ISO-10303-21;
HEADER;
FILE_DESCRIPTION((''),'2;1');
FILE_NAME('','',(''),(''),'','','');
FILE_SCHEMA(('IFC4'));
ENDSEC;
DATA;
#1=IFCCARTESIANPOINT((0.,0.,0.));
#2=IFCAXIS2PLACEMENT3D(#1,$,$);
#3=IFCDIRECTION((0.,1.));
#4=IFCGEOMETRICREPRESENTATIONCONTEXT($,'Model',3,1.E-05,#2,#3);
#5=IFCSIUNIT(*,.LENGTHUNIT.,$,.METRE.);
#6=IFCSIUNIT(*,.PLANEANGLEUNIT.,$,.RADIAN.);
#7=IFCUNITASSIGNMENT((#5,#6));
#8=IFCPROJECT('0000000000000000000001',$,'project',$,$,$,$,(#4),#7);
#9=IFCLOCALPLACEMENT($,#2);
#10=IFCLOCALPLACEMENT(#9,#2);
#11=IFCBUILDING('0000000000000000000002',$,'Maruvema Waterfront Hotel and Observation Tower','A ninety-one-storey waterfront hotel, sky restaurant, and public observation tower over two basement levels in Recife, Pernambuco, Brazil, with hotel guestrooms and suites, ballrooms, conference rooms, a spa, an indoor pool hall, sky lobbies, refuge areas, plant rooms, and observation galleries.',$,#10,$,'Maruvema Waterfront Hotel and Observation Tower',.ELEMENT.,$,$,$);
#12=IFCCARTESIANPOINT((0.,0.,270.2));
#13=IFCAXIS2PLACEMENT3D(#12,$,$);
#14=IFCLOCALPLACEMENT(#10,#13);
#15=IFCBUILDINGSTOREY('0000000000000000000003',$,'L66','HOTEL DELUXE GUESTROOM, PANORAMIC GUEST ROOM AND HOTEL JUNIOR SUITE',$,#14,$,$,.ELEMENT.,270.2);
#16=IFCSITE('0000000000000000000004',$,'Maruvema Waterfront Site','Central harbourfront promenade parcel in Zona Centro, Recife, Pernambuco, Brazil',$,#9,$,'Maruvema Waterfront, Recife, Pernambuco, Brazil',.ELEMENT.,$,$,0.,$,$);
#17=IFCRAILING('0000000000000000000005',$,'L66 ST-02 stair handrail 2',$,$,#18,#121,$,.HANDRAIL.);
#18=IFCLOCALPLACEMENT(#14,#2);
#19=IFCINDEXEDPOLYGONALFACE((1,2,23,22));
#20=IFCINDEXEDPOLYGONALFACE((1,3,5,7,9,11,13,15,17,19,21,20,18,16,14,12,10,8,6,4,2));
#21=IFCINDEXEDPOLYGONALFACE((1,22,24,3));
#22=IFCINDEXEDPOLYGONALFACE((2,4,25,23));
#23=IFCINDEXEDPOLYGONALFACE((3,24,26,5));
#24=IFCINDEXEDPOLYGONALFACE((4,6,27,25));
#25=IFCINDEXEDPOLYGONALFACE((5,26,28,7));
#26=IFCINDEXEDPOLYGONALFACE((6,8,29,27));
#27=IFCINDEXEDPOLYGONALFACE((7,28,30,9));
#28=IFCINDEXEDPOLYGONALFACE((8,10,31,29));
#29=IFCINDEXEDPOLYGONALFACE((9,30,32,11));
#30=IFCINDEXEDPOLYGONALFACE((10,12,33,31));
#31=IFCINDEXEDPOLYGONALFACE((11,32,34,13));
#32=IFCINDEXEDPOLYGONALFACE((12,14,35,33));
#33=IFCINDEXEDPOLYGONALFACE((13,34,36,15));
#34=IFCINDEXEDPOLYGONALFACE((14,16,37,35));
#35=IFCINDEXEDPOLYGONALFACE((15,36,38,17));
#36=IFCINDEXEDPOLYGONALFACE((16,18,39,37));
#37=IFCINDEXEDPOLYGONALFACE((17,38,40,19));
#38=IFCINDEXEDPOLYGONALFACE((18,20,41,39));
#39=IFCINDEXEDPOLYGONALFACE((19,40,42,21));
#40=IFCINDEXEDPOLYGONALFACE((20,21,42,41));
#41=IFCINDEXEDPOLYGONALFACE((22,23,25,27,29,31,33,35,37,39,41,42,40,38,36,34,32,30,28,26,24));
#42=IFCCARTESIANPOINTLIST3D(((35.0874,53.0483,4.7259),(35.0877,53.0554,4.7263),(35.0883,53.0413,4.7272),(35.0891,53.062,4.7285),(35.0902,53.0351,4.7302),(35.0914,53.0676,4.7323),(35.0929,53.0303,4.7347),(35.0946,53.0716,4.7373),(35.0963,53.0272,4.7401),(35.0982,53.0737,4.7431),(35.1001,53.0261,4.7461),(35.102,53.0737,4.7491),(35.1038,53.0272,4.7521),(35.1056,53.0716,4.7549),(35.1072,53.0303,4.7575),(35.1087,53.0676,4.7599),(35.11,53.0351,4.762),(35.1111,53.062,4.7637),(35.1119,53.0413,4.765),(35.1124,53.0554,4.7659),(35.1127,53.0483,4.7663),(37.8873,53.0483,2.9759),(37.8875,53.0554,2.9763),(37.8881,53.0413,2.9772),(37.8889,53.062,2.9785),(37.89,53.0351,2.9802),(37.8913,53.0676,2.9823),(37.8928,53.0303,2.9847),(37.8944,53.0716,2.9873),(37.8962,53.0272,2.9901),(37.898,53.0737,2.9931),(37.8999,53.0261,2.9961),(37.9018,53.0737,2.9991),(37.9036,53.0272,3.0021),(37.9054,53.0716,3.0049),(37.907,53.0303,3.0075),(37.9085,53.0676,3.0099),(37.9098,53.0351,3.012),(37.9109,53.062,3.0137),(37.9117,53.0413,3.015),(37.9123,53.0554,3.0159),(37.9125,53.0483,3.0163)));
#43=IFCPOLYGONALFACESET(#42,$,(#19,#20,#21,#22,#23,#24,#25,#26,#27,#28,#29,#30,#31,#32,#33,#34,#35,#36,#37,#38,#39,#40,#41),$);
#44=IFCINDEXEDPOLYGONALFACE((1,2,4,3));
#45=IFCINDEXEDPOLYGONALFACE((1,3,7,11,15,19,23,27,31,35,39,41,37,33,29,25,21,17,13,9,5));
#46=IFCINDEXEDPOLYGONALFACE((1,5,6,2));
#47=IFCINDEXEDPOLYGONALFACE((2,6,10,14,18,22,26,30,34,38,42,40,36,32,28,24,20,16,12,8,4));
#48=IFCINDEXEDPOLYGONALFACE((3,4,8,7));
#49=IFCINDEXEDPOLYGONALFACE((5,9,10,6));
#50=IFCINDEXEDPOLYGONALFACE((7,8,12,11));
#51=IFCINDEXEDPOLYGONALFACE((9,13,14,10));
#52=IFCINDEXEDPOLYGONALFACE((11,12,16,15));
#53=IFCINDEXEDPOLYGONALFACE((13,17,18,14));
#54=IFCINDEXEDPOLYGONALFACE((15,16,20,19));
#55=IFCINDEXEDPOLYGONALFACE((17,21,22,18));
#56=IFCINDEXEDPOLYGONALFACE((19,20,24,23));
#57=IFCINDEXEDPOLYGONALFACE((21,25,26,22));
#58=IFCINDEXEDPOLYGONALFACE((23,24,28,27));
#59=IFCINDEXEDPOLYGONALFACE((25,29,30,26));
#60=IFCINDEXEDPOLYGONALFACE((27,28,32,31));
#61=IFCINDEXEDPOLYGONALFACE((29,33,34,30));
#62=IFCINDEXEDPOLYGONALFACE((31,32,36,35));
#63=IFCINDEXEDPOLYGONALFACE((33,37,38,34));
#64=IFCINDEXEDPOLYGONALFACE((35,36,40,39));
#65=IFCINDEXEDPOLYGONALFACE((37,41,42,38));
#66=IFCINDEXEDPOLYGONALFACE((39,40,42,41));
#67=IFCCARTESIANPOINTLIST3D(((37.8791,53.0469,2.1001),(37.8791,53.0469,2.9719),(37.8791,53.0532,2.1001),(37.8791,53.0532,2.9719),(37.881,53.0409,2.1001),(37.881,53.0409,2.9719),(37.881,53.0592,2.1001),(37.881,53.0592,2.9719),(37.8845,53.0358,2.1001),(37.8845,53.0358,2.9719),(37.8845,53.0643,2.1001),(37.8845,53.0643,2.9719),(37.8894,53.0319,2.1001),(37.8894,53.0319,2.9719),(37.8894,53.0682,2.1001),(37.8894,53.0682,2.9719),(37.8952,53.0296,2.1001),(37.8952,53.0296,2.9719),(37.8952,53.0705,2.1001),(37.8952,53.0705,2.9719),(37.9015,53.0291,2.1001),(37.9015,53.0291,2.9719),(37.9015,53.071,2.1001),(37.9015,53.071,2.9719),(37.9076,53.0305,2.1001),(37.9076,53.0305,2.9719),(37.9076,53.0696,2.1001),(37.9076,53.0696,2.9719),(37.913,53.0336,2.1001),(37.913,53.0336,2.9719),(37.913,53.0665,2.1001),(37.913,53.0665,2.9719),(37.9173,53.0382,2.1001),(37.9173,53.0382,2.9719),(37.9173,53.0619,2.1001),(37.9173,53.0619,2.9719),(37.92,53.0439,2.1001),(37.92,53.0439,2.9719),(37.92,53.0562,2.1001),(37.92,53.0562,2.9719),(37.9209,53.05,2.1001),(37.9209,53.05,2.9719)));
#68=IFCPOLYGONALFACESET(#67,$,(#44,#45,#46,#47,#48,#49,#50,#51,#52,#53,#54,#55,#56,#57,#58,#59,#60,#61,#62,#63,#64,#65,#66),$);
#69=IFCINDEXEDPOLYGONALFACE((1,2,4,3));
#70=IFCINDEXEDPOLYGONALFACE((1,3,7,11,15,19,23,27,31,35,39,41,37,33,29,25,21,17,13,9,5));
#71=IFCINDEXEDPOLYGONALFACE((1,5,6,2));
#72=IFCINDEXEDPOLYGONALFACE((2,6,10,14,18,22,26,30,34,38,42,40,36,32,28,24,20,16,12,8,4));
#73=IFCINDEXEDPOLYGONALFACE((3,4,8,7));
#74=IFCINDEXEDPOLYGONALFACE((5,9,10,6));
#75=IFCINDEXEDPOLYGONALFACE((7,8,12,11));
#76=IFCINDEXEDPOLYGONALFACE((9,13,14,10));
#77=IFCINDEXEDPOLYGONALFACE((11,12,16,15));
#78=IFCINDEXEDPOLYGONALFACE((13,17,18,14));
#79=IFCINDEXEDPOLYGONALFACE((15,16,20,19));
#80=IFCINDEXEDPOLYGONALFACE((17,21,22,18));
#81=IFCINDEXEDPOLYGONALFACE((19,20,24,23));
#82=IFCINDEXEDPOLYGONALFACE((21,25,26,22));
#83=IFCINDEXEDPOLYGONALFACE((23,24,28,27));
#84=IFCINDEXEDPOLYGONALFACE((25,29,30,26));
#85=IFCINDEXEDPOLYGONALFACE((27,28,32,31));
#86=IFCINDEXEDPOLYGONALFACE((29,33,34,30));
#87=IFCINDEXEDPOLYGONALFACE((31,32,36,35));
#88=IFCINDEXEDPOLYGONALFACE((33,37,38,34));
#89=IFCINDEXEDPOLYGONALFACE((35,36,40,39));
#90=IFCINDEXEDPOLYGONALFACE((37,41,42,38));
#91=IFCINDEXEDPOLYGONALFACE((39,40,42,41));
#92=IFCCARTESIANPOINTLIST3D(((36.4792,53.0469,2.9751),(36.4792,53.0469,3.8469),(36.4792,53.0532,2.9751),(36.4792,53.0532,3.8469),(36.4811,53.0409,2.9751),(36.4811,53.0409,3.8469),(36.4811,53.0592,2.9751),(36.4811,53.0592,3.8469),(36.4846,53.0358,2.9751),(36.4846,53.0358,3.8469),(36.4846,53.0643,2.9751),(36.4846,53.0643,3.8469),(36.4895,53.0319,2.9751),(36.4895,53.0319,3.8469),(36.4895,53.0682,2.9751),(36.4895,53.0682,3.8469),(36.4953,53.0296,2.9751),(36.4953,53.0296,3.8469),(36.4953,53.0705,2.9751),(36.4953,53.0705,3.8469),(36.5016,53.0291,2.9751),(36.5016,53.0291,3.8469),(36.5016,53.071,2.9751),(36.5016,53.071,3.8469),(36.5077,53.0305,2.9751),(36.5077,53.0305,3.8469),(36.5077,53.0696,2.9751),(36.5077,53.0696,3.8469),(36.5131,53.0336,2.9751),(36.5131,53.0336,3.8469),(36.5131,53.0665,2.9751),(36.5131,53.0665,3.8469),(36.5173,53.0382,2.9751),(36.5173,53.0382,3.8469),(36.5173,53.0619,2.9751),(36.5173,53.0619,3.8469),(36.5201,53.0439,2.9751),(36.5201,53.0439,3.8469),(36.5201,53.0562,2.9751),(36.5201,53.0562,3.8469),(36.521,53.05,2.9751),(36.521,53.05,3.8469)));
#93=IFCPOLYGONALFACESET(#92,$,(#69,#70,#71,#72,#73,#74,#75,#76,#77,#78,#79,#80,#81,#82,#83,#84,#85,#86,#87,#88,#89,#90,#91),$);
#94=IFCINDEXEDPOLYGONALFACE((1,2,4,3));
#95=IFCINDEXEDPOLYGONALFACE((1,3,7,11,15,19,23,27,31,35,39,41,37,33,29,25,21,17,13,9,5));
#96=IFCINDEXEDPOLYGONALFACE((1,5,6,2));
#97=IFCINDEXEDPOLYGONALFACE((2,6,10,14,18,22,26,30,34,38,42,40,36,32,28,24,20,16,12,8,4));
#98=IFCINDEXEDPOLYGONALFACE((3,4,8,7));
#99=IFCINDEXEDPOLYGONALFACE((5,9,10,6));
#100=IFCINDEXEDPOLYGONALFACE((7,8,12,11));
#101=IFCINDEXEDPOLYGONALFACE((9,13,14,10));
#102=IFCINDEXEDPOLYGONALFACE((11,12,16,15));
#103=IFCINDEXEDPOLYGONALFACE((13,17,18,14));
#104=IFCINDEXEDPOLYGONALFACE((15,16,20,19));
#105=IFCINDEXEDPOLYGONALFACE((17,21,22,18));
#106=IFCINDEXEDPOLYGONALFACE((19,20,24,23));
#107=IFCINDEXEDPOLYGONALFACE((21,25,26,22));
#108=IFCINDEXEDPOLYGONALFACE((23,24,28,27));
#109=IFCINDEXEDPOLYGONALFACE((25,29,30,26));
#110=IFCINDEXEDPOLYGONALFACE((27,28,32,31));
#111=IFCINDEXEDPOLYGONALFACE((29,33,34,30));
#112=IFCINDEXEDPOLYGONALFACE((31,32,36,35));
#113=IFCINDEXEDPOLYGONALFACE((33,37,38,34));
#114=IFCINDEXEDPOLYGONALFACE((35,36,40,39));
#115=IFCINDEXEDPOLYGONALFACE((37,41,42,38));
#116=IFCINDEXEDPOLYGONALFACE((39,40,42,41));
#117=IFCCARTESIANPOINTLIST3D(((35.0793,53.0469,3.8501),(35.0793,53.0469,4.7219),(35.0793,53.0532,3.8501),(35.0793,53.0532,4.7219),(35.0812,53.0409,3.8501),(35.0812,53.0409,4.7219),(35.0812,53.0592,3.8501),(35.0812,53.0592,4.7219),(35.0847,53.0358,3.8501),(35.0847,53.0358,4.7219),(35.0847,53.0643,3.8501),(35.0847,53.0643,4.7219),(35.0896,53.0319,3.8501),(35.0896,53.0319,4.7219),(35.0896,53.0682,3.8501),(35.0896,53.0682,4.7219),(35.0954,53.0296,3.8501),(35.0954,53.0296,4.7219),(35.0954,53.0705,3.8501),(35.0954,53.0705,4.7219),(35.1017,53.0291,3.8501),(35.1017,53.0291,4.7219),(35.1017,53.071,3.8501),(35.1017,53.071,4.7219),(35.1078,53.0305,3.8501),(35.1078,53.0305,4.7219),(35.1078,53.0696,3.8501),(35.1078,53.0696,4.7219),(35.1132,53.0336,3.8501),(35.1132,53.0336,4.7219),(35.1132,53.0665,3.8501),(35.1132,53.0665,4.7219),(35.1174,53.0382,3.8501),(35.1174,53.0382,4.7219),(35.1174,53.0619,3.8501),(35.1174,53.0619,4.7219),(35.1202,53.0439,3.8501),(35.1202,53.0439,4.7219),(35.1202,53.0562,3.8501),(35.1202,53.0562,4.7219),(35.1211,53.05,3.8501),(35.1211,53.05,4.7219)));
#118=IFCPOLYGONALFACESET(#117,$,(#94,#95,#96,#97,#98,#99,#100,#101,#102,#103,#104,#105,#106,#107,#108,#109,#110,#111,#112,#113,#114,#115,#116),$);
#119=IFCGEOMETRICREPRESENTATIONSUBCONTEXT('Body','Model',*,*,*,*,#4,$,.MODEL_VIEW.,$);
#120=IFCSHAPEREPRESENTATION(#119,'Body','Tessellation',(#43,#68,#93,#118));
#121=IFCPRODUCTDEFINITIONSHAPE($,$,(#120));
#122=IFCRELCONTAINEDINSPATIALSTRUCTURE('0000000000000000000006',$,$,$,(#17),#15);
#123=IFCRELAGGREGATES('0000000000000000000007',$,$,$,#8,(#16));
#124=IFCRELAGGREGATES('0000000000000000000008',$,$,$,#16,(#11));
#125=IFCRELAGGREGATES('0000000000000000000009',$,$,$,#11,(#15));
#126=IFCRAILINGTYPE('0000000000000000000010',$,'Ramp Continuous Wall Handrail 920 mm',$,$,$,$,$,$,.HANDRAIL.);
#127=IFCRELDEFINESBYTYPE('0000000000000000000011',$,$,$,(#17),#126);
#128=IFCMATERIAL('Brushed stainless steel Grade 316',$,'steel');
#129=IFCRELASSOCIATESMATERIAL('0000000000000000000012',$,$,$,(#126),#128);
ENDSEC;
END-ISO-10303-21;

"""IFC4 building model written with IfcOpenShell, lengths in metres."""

from ifc_helpers import new_model, si_unit, direction, frame, origin, origin_2d, place, context, subcontext, project, spatial, circle, extrude, material, type_object, element, save


model = new_model("IFC4")

# Units and contexts
model_context = context("Model", 3, precision=1e-05, world=origin(), true_north=direction((0.0, 1.0)))
body_context = subcontext(model_context, "Body", "Model", "MODEL_VIEW")
ifc_project = project(units=[si_unit("LENGTHUNIT", "METRE"), si_unit("PLANEANGLEUNIT", "RADIAN")], contexts=[model_context])

# Site, building, storey
site_placement = place(None, origin())
site = spatial("IfcSite", under=ifc_project, at=site_placement, Name="Maruvema Waterfront Site", Description="Central harbourfront promenade parcel in Zona Centro, Recife, Pernambuco, Brazil", LongName="Maruvema Waterfront, Recife, Pernambuco, Brazil", CompositionType="ELEMENT", RefElevation=0.0)
building_placement = place(site_placement, origin())
building = spatial("IfcBuilding", under=site, at=building_placement, Name="Maruvema Waterfront Hotel and Observation Tower", Description="A ninety-one-storey waterfront hotel, sky restaurant, and public observation tower over two basement levels in Recife, Pernambuco, Brazil, with hotel guestrooms and suites, ballrooms, conference rooms, a spa, an indoor pool hall, sky lobbies, refuge areas, plant rooms, and observation galleries.", LongName="Maruvema Waterfront Hotel and Observation Tower", CompositionType="ELEMENT")
storey_placement = place(building_placement, frame((0.0, 0.0, 270.2)))
storey = spatial("IfcBuildingStorey", under=building, at=storey_placement, Name="L66", Description="HOTEL DELUXE GUESTROOM, PANORAMIC GUEST ROOM AND HOTEL JUNIOR SUITE", CompositionType="ELEMENT", Elevation=270.2)

# Railing
ifc_material_1 = material(Name="Brushed stainless steel Grade 316", Category="steel")
railing_type_1 = type_object("IfcRailingType", Name="Ramp Continuous Wall Handrail 920 mm", PredefinedType="HANDRAIL", material=ifc_material_1)
railing_1_placement = place(storey_placement, frame((37.8999, 53.05, 2.1001)))
element("IfcRailing", 1, at=railing_1_placement, inside=storey, type_object=railing_type_1, Name="L66 ST-02 stair handrail 2", PredefinedType="HANDRAIL", context=body_context, shape_type="SweptSolid", body=[
    extrude(circle(Radius=0.0239, at=origin_2d()), frame((0.0, 0.0, 0.896), z_axis=(-0.847982, 0.0, 0.530026), x_axis=(0.0, -1.0, 0.0)), (0.0, 0.0, 1.0), 3.3018),
    extrude(circle(Radius=0.021, at=origin_2d()), origin(), (0.0, 0.0, 1.0), 0.8718),
    extrude(circle(Radius=0.021, at=origin_2d()), frame((-1.3999, 0.0, 0.875)), (0.0, 0.0, 1.0), 0.8718),
    extrude(circle(Radius=0.021, at=origin_2d()), frame((-2.7998, 0.0, 1.75)), (0.0, 0.0, 1.0), 0.8718),
])

save(model, "model.ifc")
